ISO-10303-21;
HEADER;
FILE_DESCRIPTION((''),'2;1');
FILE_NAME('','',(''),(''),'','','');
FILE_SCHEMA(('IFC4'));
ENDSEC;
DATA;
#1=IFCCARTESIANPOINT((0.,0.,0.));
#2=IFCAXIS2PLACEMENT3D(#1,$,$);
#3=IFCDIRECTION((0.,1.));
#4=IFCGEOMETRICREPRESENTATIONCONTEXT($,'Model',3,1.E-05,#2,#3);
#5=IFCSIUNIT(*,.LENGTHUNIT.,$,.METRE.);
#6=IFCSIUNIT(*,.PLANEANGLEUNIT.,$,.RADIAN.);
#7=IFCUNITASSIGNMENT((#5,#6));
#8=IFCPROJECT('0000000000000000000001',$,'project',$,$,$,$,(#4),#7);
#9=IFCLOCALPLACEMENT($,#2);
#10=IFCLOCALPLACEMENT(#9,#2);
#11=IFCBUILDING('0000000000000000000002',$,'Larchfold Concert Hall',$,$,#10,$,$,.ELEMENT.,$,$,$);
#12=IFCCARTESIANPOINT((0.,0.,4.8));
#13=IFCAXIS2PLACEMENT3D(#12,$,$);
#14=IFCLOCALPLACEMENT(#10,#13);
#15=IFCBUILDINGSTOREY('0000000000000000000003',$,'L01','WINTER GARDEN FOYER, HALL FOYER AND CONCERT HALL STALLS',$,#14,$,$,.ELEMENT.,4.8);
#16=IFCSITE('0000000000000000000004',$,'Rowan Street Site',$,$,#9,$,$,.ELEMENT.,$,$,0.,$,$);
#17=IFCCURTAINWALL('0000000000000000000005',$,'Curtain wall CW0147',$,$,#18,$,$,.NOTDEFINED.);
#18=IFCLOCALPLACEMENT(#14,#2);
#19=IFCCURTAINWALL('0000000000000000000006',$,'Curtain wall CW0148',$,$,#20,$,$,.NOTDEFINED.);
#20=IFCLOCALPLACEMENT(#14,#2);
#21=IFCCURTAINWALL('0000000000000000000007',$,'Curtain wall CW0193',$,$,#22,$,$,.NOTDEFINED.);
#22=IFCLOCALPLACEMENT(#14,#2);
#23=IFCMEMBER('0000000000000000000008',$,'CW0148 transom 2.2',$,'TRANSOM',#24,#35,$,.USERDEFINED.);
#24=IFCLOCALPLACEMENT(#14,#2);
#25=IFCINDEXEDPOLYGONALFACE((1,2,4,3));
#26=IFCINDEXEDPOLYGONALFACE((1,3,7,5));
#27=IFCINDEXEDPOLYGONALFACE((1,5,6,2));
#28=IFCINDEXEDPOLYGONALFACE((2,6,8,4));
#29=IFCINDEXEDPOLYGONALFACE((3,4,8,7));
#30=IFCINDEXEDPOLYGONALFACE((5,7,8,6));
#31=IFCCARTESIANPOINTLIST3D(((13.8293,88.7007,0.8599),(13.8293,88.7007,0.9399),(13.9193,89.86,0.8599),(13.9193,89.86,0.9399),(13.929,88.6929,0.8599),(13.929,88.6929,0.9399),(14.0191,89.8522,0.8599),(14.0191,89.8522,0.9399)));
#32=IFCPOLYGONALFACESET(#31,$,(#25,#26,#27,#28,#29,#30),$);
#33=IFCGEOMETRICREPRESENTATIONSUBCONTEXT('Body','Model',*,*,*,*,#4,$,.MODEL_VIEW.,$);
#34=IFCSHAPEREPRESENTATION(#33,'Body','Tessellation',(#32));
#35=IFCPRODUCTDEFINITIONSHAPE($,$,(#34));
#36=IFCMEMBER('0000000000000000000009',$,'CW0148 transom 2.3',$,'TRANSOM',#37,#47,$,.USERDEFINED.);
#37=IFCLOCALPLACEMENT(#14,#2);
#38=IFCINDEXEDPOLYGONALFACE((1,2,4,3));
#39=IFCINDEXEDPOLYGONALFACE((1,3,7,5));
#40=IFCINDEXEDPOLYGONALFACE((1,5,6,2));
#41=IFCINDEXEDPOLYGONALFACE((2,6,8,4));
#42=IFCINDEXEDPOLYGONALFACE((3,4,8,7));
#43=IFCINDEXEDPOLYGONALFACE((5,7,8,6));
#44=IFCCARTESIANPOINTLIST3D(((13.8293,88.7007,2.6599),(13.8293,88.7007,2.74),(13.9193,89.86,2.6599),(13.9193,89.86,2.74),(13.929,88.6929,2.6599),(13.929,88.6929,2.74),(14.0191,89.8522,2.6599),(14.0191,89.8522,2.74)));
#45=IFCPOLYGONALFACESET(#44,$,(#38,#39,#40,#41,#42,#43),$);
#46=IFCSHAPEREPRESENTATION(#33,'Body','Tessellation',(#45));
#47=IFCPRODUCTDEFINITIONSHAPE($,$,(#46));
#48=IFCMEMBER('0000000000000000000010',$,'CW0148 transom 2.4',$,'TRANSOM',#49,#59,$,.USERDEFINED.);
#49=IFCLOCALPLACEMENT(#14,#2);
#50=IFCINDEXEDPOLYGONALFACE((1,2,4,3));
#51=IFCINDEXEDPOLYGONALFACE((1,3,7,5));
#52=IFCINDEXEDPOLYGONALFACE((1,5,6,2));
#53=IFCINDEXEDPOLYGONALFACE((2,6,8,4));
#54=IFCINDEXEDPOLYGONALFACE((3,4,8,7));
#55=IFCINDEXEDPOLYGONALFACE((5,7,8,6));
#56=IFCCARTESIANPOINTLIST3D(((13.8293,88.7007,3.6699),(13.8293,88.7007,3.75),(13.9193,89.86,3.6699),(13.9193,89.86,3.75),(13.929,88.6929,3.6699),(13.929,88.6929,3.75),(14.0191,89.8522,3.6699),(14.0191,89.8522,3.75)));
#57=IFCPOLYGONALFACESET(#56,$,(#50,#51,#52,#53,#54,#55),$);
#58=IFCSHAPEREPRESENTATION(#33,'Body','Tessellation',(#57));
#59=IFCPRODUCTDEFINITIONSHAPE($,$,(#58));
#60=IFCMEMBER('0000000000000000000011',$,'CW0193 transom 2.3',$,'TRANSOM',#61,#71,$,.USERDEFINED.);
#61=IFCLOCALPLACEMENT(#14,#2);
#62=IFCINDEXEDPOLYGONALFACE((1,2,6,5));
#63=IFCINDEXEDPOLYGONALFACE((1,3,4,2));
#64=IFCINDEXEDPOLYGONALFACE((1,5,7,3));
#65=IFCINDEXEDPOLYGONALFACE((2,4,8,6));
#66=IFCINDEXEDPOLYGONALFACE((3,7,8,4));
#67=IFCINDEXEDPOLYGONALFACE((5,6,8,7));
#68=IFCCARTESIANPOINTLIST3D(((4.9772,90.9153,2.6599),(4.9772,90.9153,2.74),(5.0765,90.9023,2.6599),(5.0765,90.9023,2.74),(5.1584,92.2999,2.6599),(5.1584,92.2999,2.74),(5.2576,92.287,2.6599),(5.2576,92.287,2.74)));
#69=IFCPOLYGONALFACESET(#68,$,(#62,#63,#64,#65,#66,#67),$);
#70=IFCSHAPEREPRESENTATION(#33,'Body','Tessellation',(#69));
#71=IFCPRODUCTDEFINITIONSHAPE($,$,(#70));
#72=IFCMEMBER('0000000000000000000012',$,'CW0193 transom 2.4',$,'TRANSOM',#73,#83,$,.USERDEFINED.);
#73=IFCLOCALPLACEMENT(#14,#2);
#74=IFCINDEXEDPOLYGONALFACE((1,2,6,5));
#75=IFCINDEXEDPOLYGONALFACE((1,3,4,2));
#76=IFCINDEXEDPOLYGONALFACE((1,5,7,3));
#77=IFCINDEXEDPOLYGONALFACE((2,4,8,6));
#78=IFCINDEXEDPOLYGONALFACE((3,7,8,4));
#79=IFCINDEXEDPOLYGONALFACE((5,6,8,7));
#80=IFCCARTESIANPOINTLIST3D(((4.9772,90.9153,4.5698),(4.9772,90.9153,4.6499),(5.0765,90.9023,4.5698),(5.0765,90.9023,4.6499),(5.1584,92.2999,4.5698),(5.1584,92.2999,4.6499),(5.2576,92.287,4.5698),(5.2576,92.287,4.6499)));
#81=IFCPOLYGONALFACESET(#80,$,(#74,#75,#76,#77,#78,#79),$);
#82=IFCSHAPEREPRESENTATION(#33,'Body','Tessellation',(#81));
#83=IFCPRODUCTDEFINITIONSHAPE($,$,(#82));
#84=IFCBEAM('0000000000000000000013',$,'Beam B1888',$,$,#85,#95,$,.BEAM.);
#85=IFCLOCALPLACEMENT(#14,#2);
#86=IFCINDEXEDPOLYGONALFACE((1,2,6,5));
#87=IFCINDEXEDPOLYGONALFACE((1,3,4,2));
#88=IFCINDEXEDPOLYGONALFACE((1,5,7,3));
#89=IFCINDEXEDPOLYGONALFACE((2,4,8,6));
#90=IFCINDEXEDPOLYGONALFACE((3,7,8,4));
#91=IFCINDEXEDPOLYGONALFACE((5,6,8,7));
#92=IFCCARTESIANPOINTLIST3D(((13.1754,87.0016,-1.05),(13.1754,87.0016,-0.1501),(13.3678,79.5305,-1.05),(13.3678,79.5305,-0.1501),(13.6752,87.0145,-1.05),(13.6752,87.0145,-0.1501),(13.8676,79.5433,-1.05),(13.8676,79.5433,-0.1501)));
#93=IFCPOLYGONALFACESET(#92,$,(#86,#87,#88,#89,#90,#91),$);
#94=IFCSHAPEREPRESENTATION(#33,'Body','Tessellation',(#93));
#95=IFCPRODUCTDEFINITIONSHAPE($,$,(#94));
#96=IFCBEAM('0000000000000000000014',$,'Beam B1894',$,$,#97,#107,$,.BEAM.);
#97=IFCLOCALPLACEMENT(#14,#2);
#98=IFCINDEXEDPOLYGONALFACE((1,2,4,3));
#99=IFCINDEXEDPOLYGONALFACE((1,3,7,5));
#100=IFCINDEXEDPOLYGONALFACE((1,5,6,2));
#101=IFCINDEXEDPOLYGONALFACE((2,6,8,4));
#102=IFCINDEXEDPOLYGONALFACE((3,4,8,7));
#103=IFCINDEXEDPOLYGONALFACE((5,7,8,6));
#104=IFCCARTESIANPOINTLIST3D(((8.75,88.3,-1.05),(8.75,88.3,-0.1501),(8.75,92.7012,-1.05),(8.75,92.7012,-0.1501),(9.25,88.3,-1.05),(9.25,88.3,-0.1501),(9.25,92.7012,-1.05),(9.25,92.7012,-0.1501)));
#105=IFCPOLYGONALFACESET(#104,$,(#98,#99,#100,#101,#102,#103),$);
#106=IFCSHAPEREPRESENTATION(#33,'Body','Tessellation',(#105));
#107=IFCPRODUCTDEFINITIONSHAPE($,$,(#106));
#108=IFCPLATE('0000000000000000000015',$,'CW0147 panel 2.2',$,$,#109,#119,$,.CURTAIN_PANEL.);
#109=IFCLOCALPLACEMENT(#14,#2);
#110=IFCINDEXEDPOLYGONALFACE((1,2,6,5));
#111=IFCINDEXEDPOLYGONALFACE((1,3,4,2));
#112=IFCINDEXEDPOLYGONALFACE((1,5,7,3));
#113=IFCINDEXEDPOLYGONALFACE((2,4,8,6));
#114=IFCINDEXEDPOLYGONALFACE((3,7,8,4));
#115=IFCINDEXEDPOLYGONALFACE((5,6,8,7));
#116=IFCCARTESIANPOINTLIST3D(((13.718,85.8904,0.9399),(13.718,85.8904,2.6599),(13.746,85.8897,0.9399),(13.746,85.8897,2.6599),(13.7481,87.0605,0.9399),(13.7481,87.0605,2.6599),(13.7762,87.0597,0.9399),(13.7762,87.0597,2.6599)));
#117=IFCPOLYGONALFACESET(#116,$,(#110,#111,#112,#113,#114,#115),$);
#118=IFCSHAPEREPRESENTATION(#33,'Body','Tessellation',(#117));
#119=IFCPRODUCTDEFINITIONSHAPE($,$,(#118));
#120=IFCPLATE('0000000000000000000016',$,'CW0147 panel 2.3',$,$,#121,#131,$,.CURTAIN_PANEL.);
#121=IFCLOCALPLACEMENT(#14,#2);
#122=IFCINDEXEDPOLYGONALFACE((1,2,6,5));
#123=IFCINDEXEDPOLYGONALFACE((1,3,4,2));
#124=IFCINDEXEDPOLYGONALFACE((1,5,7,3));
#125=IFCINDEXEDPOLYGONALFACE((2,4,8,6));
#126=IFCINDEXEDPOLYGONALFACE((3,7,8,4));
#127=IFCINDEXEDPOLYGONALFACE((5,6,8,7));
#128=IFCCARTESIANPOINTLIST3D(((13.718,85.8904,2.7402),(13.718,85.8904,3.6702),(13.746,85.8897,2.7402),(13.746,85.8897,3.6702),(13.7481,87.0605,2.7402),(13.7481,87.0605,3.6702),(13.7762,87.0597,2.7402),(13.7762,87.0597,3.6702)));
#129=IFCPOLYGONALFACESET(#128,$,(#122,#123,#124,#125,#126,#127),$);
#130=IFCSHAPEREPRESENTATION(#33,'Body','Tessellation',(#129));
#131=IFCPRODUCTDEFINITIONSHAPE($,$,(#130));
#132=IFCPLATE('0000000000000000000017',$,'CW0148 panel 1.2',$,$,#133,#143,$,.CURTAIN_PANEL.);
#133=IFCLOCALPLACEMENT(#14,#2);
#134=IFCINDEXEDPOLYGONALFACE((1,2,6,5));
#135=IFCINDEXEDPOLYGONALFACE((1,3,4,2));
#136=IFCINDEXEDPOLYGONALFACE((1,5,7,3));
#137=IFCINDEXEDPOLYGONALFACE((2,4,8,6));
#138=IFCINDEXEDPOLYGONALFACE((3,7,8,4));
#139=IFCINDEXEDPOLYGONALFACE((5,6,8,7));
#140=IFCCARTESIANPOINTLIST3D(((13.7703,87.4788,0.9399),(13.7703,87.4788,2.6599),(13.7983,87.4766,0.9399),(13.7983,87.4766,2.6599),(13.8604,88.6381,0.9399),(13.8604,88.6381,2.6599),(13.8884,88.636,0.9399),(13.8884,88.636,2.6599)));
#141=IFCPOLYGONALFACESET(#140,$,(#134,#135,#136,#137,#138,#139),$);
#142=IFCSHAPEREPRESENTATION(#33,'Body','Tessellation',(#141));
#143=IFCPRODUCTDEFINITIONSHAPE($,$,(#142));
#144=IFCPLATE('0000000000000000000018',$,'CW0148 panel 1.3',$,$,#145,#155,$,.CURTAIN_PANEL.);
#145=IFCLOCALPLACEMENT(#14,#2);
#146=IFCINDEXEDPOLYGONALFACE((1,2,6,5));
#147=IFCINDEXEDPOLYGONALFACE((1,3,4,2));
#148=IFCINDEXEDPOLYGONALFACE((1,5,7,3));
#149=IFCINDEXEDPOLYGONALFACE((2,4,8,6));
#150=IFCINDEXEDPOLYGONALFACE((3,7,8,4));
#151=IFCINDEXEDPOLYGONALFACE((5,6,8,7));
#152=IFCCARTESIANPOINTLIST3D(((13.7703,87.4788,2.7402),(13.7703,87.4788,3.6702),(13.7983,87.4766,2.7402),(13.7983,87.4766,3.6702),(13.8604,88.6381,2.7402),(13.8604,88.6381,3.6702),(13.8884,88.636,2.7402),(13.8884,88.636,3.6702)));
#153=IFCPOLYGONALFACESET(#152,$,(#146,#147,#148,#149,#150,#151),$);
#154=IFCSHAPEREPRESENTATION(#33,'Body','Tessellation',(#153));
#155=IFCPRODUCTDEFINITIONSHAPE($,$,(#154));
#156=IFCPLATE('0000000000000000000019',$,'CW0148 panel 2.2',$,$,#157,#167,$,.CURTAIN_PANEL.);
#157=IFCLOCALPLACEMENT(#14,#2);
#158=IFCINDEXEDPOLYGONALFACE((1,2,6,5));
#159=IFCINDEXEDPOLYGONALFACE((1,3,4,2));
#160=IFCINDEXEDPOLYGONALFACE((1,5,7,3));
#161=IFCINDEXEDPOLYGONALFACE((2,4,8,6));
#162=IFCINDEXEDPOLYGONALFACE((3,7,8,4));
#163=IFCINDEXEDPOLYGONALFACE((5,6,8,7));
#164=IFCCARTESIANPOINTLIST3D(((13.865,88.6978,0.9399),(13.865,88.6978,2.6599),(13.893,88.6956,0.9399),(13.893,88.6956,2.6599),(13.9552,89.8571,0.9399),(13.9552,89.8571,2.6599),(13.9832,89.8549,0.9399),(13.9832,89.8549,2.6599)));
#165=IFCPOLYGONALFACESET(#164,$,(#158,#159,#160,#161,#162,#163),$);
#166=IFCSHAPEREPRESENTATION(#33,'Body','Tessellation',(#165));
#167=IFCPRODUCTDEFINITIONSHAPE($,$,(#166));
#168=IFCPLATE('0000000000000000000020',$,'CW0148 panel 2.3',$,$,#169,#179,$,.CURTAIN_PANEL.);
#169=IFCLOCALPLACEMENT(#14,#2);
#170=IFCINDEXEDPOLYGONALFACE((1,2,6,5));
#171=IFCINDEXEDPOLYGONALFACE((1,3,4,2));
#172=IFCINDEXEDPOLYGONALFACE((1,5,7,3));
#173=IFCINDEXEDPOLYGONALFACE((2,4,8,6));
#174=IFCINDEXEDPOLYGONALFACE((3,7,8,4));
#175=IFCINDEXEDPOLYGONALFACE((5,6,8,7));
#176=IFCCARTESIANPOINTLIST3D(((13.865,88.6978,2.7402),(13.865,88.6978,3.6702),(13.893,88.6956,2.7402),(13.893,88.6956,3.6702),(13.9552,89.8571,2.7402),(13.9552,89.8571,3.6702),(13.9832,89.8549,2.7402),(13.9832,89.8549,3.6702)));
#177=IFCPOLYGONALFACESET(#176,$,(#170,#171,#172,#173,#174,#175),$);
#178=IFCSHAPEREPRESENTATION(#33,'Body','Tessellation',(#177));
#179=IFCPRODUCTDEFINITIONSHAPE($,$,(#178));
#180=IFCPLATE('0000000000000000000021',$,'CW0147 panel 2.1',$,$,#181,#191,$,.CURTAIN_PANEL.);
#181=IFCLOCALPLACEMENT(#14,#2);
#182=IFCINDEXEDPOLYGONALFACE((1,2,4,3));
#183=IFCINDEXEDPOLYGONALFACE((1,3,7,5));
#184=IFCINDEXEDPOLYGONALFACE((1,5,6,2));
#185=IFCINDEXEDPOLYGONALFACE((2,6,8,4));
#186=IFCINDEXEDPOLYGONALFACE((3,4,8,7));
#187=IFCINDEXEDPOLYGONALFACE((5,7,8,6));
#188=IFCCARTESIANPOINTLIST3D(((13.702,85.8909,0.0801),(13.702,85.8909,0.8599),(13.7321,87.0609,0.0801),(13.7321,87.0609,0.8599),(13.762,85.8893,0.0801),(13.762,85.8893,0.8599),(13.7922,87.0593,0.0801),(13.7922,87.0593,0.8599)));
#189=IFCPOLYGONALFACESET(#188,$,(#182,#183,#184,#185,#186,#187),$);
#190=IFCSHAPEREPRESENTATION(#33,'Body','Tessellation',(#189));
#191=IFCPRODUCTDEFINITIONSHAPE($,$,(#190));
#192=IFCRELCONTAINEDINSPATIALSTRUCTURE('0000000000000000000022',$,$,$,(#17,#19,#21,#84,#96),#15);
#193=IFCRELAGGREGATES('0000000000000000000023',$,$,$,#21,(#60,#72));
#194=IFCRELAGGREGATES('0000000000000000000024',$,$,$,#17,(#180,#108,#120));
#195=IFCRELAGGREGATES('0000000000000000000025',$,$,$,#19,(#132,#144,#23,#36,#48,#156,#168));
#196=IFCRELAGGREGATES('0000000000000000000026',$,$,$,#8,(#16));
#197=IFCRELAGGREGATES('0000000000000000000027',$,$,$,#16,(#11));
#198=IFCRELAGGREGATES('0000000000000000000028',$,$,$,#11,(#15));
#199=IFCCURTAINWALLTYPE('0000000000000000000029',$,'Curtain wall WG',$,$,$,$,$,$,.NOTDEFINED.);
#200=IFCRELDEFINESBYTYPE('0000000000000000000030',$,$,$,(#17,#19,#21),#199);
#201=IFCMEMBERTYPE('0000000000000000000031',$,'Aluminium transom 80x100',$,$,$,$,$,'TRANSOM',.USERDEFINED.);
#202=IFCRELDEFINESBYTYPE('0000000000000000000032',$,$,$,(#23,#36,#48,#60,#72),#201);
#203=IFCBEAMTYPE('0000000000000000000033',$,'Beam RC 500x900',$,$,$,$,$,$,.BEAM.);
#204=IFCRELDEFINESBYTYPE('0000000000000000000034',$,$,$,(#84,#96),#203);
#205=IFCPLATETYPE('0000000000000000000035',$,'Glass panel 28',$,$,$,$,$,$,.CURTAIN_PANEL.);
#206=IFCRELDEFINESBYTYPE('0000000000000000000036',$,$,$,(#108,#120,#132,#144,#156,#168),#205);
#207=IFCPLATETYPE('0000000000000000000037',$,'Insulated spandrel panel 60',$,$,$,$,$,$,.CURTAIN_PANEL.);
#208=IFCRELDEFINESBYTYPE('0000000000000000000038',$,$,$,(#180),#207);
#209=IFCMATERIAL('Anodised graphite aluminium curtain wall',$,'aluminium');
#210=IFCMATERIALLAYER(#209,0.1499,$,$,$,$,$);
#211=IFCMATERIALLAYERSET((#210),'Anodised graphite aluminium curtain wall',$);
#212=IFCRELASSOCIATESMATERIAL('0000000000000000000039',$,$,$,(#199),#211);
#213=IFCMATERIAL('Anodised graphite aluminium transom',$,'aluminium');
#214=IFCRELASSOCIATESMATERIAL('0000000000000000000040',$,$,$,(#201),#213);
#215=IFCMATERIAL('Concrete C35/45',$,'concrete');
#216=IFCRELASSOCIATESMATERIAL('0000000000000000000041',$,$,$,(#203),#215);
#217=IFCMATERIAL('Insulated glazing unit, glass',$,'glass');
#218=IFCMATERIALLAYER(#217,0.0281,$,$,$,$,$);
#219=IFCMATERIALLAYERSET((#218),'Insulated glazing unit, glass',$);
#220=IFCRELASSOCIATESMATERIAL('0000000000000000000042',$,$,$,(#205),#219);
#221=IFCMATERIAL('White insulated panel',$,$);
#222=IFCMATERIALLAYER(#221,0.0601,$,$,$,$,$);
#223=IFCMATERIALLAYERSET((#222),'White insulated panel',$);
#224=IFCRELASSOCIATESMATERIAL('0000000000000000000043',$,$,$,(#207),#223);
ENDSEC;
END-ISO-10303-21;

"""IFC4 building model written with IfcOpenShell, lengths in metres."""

from ifc_helpers import new_model, si_unit, direction, frame, origin, origin_2d, place, context, subcontext, project, spatial, rectangle, extrude, material, layer, layer_set, material_profile, profile_set, type_object, element, aggregate, save


model = new_model("IFC4")

# Units and contexts
model_context = context("Model", 3, precision=1e-05, world=origin(), true_north=direction((0.0, 1.0)))
body_context = subcontext(model_context, "Body", "Model", "MODEL_VIEW")
ifc_project = project(units=[si_unit("LENGTHUNIT", "METRE"), si_unit("PLANEANGLEUNIT", "RADIAN")], contexts=[model_context])

# Site, building, storey
site_placement = place(None, origin())
site = spatial("IfcSite", under=ifc_project, at=site_placement, Name="Rowan Street Site", CompositionType="ELEMENT", RefElevation=0.0)
building_placement = place(site_placement, origin())
building = spatial("IfcBuilding", under=site, at=building_placement, Name="Larchfold Concert Hall", CompositionType="ELEMENT")
storey_placement = place(building_placement, frame((0.0, 0.0, 4.8)))
storey = spatial("IfcBuildingStorey", under=building, at=storey_placement, Name="L01", Description="WINTER GARDEN FOYER, HALL FOYER AND CONCERT HALL STALLS", CompositionType="ELEMENT", Elevation=4.8)

# Curtain wall
ifc_material_1 = material(Name="Anodised graphite aluminium curtain wall", Category="aluminium")
ifc_layer_1 = layer(ifc_material_1, 0.1499)
ifc_layer_set_1 = layer_set([ifc_layer_1], Name="Anodised graphite aluminium curtain wall")
curtain_wall_type = type_object("IfcCurtainWallType", Name="Curtain wall WG", PredefinedType="NOTDEFINED", material=ifc_layer_set_1)
curtain_wall_1_placement = place(storey_placement, origin())
curtain_wall_1 = element("IfcCurtainWall", 1, at=curtain_wall_1_placement, inside=storey, type_object=curtain_wall_type, Name="Curtain wall CW0147", PredefinedType="NOTDEFINED")

# Curtain wall
curtain_wall_2_placement = place(storey_placement, origin())
curtain_wall_2 = element("IfcCurtainWall", 2, at=curtain_wall_2_placement, inside=storey, type_object=curtain_wall_type, Name="Curtain wall CW0148", PredefinedType="NOTDEFINED")

# Curtain wall
curtain_wall_3_placement = place(storey_placement, origin())
curtain_wall_3 = element("IfcCurtainWall", 3, at=curtain_wall_3_placement, inside=storey, type_object=curtain_wall_type, Name="Curtain wall CW0193", PredefinedType="NOTDEFINED")

# Members
ifc_material_2 = material(Name="Anodised graphite aluminium transom", Category="aluminium")
ifc_material_profile_1 = material_profile(ifc_material_2, rectangle(XDim=0.1001, YDim=0.0801, at=origin_2d()))
ifc_profile_set_1 = profile_set([ifc_material_profile_1], Name="Anodised graphite aluminium transom")
member_type_1 = type_object("IfcMemberType", Name="Aluminium transom 80x100", ElementType="TRANSOM", PredefinedType="USERDEFINED", material=ifc_profile_set_1)
member_1_placement = place(storey_placement, frame((13.8792, 88.6968, 0.8999), z_axis=(0.077467, 0.996995, 0.0), x_axis=(-0.996995, 0.077467, 0.0)))
member_1 = element("IfcMember", 4, at=member_1_placement, type_object=member_type_1, Name="CW0148 transom 2.2", ObjectType="TRANSOM", PredefinedType="USERDEFINED", context=body_context, shape_type="SweptSolid", body=[
    extrude(rectangle(XDim=0.1001, YDim=0.0801, at=origin_2d()), origin(), (0.0, 0.0, 1.0), 1.1628),
])
member_2_placement = place(storey_placement, frame((13.8792, 88.6968, 2.7), z_axis=(0.077467, 0.996995, 0.0), x_axis=(-0.996995, 0.077467, 0.0)))
member_2 = element("IfcMember", 5, at=member_2_placement, type_object=member_type_1, Name="CW0148 transom 2.3", ObjectType="TRANSOM", PredefinedType="USERDEFINED", context=body_context, shape_type="SweptSolid", body=[
    extrude(rectangle(XDim=0.1001, YDim=0.0801, at=origin_2d()), origin(), (0.0, 0.0, 1.0), 1.1628),
])
member_3_placement = place(storey_placement, frame((13.8792, 88.6968, 3.71), z_axis=(0.077467, 0.996995, 0.0), x_axis=(-0.996995, 0.077467, 0.0)))
member_3 = element("IfcMember", 6, at=member_3_placement, type_object=member_type_1, Name="CW0148 transom 2.4", ObjectType="TRANSOM", PredefinedType="USERDEFINED", context=body_context, shape_type="SweptSolid", body=[
    extrude(rectangle(XDim=0.1001, YDim=0.0801, at=origin_2d()), origin(), (0.0, 0.0, 1.0), 1.1628),
])
member_4_placement = place(storey_placement, frame((5.208, 92.2935, 2.7), z_axis=(-0.129713, -0.991552, 0.0), x_axis=(0.991552, -0.129713, 0.0)))
member_4 = element("IfcMember", 7, at=member_4_placement, type_object=member_type_1, Name="CW0193 transom 2.3", ObjectType="TRANSOM", PredefinedType="USERDEFINED", context=body_context, shape_type="SweptSolid", body=[
    extrude(rectangle(XDim=0.1001, YDim=0.0801, at=origin_2d()), origin(), (0.0, 0.0, 1.0), 1.3965),
])
member_5_placement = place(storey_placement, frame((5.208, 92.2935, 4.6099), z_axis=(-0.129713, -0.991552, 0.0), x_axis=(0.991552, -0.129713, 0.0)))
member_5 = element("IfcMember", 8, at=member_5_placement, type_object=member_type_1, Name="CW0193 transom 2.4", ObjectType="TRANSOM", PredefinedType="USERDEFINED", context=body_context, shape_type="SweptSolid", body=[
    extrude(rectangle(XDim=0.1001, YDim=0.0801, at=origin_2d()), origin(), (0.0, 0.0, 1.0), 1.3965),
])
aggregate(curtain_wall_3, [member_4, member_5])

# Beams
ifc_material_3 = material(Name="Concrete C35/45", Category="concrete")
ifc_material_profile_2 = material_profile(ifc_material_3, rectangle(XDim=0.5, YDim=0.8999, at=origin_2d()))
ifc_profile_set_2 = profile_set([ifc_material_profile_2], Name="Concrete C35/45")
beam_type = type_object("IfcBeamType", Name="Beam RC 500x900", PredefinedType="BEAM", material=ifc_profile_set_2)
beam_1_placement = place(storey_placement, frame((13.4253, 87.0081, -0.6001), z_axis=(0.025741, -0.999669, 0.0), x_axis=(0.999669, 0.025741, 0.0)))
element("IfcBeam", 9, at=beam_1_placement, inside=storey, type_object=beam_type, Name="Beam B1888", PredefinedType="BEAM", context=body_context, shape_type="SweptSolid", body=[
    extrude(rectangle(XDim=0.5, YDim=0.8999, at=origin_2d()), origin(), (0.0, 0.0, 1.0), 7.4736),
])
beam_2_placement = place(storey_placement, frame((9.0, 88.3, -0.6001), z_axis=(0.0, 1.0, 0.0), x_axis=(-1.0, 0.0, 0.0)))
element("IfcBeam", 10, at=beam_2_placement, inside=storey, type_object=beam_type, Name="Beam B1894", PredefinedType="BEAM", context=body_context, shape_type="SweptSolid", body=[
    extrude(rectangle(XDim=0.5, YDim=0.8999, at=origin_2d()), origin(), (0.0, 0.0, 1.0), 4.4011),
])

# Plates
ifc_material_4 = material(Name="Insulated glazing unit, glass", Category="glass")
ifc_layer_2 = layer(ifc_material_4, 0.0281)
ifc_layer_set_2 = layer_set([ifc_layer_2], Name="Insulated glazing unit, glass")
plate_type_1 = type_object("IfcPlateType", Name="Glass panel 28", PredefinedType="CURTAIN_PANEL", material=ifc_layer_set_2)
plate_1_placement = place(storey_placement, frame((13.7471, 86.4751, 0.9399), z_axis=(0.0, 0.0, 1.0), x_axis=(0.025762, 0.999668, 0.0)))
plate_1 = element("IfcPlate", 11, at=plate_1_placement, type_object=plate_type_1, Name="CW0147 panel 2.2", PredefinedType="CURTAIN_PANEL", context=body_context, shape_type="SweptSolid", body=[
    extrude(rectangle(XDim=1.1704, YDim=0.0281, at=origin_2d()), origin(), (0.0, 0.0, 1.0), 1.72),
])
plate_2_placement = place(storey_placement, frame((13.7471, 86.4751, 2.7402), z_axis=(0.0, 0.0, 1.0), x_axis=(0.025762, 0.999668, 0.0)))
plate_2 = element("IfcPlate", 12, at=plate_2_placement, type_object=plate_type_1, Name="CW0147 panel 2.3", PredefinedType="CURTAIN_PANEL", context=body_context, shape_type="SweptSolid", body=[
    extrude(rectangle(XDim=1.1704, YDim=0.0281, at=origin_2d()), origin(), (0.0, 0.0, 1.0), 0.9299),
])
plate_3_placement = place(storey_placement, frame((13.8293, 88.0574, 0.9399), z_axis=(0.0, 0.0, 1.0), x_axis=(0.077553, 0.996988, 0.0)))
plate_3 = element("IfcPlate", 13, at=plate_3_placement, type_object=plate_type_1, Name="CW0148 panel 1.2", PredefinedType="CURTAIN_PANEL", context=body_context, shape_type="SweptSolid", body=[
    extrude(rectangle(XDim=1.1628, YDim=0.0281, at=origin_2d()), origin(), (0.0, 0.0, 1.0), 1.72),
])
plate_4_placement = place(storey_placement, frame((13.8293, 88.0574, 2.7402), z_axis=(0.0, 0.0, 1.0), x_axis=(0.077553, 0.996988, 0.0)))
plate_4 = element("IfcPlate", 14, at=plate_4_placement, type_object=plate_type_1, Name="CW0148 panel 1.3", PredefinedType="CURTAIN_PANEL", context=body_context, shape_type="SweptSolid", body=[
    extrude(rectangle(XDim=1.1628, YDim=0.0281, at=origin_2d()), origin(), (0.0, 0.0, 1.0), 0.9299),
])
plate_5_placement = place(storey_placement, frame((13.9241, 89.2764, 0.9399), z_axis=(0.0, 0.0, 1.0), x_axis=(0.077553, 0.996988, 0.0)))
plate_5 = element("IfcPlate", 15, at=plate_5_placement, type_object=plate_type_1, Name="CW0148 panel 2.2", PredefinedType="CURTAIN_PANEL", context=body_context, shape_type="SweptSolid", body=[
    extrude(rectangle(XDim=1.1628, YDim=0.0281, at=origin_2d()), origin(), (0.0, 0.0, 1.0), 1.72),
])
plate_6_placement = place(storey_placement, frame((13.9241, 89.2764, 2.7402), z_axis=(0.0, 0.0, 1.0), x_axis=(0.077553, 0.996988, 0.0)))
plate_6 = element("IfcPlate", 16, at=plate_6_placement, type_object=plate_type_1, Name="CW0148 panel 2.3", PredefinedType="CURTAIN_PANEL", context=body_context, shape_type="SweptSolid", body=[
    extrude(rectangle(XDim=1.1628, YDim=0.0281, at=origin_2d()), origin(), (0.0, 0.0, 1.0), 0.9299),
])
ifc_material_5 = material(Name="White insulated panel")
ifc_layer_3 = layer(ifc_material_5, 0.0601)
ifc_layer_set_3 = layer_set([ifc_layer_3], Name="White insulated panel")
plate_type_2 = type_object("IfcPlateType", Name="Insulated spandrel panel 60", PredefinedType="CURTAIN_PANEL", material=ifc_layer_set_3)
plate_7_placement = place(storey_placement, frame((13.7471, 86.4751, 0.0801), z_axis=(0.0, 0.0, 1.0), x_axis=(0.025762, 0.999668, 0.0)))
plate_7 = element("IfcPlate", 17, at=plate_7_placement, type_object=plate_type_2, Name="CW0147 panel 2.1", PredefinedType="CURTAIN_PANEL", context=body_context, shape_type="SweptSolid", body=[
    extrude(rectangle(XDim=1.1704, YDim=0.0601, at=origin_2d()), origin(), (0.0, 0.0, 1.0), 0.7798),
])
aggregate(curtain_wall_1, [plate_7, plate_1, plate_2])
aggregate(curtain_wall_2, [plate_3, plate_4, member_1, member_2, member_3, plate_5, plate_6])

save(model, "model.ifc")
